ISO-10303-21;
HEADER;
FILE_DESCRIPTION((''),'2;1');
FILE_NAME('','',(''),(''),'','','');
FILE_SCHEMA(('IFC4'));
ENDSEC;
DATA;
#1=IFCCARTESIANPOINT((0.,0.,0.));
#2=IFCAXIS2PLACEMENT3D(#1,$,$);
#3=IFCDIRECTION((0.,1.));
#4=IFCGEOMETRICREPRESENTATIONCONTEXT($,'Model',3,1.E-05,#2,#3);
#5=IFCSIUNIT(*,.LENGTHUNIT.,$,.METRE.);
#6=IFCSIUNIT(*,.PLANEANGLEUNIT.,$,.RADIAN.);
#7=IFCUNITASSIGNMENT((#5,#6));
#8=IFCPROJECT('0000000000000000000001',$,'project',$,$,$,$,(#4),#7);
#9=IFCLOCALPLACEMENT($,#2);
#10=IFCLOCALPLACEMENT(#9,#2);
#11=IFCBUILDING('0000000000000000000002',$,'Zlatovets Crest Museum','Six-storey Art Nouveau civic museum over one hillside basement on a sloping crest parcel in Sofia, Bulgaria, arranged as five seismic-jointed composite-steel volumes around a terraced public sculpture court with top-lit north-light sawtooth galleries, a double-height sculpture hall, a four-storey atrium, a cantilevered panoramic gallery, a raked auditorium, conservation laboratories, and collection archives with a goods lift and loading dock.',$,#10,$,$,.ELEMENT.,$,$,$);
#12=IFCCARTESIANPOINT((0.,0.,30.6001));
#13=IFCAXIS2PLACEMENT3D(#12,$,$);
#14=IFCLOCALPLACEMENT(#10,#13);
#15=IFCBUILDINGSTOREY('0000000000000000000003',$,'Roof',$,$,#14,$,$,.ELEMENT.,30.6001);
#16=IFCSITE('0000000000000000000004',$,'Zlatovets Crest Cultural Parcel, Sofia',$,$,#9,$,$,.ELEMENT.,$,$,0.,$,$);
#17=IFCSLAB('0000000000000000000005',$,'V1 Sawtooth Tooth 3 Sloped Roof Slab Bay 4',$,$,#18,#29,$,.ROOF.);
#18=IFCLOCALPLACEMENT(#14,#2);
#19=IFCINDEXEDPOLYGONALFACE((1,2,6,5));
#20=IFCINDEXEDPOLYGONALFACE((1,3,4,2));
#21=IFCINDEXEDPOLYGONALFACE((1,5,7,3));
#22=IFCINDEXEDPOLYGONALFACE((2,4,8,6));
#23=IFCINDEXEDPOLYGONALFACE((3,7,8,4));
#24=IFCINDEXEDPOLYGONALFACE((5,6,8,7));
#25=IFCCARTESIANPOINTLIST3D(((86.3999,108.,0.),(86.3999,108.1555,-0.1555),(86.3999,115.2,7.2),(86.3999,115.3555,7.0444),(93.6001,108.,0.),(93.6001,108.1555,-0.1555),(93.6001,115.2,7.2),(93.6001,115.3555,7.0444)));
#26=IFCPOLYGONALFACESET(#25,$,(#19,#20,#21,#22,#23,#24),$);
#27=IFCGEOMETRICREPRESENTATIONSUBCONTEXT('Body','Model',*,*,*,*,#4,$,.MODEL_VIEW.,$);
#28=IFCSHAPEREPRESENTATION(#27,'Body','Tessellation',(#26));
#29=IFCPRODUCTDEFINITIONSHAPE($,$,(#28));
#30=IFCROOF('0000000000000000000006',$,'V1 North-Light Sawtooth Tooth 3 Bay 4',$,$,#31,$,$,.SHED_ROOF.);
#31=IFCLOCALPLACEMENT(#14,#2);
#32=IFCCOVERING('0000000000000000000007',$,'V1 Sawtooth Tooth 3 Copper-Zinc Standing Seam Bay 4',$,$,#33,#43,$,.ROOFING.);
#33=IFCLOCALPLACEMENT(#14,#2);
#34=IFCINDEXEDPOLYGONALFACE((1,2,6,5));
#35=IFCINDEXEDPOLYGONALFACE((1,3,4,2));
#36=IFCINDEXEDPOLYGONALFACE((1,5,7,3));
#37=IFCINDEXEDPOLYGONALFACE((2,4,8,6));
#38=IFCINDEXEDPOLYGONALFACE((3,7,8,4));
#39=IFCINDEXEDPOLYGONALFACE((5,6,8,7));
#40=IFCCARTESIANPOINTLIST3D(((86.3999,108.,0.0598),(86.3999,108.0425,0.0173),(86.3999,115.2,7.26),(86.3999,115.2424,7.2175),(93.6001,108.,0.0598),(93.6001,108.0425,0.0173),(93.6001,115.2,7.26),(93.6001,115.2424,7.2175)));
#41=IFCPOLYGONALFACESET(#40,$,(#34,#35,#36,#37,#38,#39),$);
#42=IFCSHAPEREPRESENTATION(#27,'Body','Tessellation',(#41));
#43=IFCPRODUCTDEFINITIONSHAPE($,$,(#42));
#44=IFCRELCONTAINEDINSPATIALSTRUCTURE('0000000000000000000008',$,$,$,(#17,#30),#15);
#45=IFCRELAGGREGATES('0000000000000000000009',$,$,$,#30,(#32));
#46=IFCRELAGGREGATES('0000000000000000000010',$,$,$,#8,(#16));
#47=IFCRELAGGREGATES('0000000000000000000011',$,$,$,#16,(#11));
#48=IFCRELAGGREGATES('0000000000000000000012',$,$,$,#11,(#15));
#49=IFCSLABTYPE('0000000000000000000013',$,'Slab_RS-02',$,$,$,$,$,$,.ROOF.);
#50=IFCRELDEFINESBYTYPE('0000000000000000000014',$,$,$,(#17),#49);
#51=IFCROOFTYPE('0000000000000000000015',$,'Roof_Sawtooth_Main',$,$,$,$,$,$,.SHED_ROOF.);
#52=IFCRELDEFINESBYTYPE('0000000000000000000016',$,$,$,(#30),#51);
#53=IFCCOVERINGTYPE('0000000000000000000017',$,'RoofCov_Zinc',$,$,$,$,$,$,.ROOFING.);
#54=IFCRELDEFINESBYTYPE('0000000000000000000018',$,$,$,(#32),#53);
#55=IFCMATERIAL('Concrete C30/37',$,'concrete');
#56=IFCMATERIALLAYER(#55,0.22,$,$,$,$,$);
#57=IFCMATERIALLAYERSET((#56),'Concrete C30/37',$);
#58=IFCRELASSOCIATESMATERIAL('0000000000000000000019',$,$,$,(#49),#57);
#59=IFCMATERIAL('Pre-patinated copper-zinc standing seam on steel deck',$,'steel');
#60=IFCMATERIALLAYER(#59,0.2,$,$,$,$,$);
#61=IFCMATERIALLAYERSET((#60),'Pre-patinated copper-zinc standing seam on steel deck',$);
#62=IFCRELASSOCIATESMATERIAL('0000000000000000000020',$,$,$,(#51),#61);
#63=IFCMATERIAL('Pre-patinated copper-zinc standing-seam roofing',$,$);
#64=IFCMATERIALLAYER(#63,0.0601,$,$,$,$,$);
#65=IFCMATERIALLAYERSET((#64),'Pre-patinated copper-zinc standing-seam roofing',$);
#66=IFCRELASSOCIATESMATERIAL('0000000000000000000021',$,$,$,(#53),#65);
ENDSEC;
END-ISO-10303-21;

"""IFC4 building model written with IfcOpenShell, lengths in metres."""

from ifc_helpers import new_model, si_unit, direction, frame, origin, place, context, subcontext, project, spatial, polyline, outline, extrude, material, layer, layer_set, type_object, element, aggregate, save


model = new_model("IFC4")

# Units and contexts
model_context = context("Model", 3, precision=1e-05, world=origin(), true_north=direction((0.0, 1.0)))
body_context = subcontext(model_context, "Body", "Model", "MODEL_VIEW")
ifc_project = project(units=[si_unit("LENGTHUNIT", "METRE"), si_unit("PLANEANGLEUNIT", "RADIAN")], contexts=[model_context])

# Site, building, storey
site_placement = place(None, origin())
site = spatial("IfcSite", under=ifc_project, at=site_placement, Name="Zlatovets Crest Cultural Parcel, Sofia", CompositionType="ELEMENT", RefElevation=0.0)
building_placement = place(site_placement, origin())
building = spatial("IfcBuilding", under=site, at=building_placement, Name="Zlatovets Crest Museum", Description="Six-storey Art Nouveau civic museum over one hillside basement on a sloping crest parcel in Sofia, Bulgaria, arranged as five seismic-jointed composite-steel volumes around a terraced public sculpture court with top-lit north-light sawtooth galleries, a double-height sculpture hall, a four-storey atrium, a cantilevered panoramic gallery, a raked auditorium, conservation laboratories, and collection archives with a goods lift and loading dock.", CompositionType="ELEMENT")
storey_placement = place(building_placement, frame((0.0, 0.0, 30.6001)))
storey = spatial("IfcBuildingStorey", under=building, at=storey_placement, Name="Roof", CompositionType="ELEMENT", Elevation=30.6001)

# Slab
ifc_material_1 = material(Name="Concrete C30/37", Category="concrete")
ifc_layer_1 = layer(ifc_material_1, 0.22)
ifc_layer_set_1 = layer_set([ifc_layer_1], Name="Concrete C30/37")
slab_type = type_object("IfcSlabType", Name="Slab_RS-02", PredefinedType="ROOF", material=ifc_layer_set_1)
slab_placement = place(storey_placement, frame((86.3999, 108.0, 0.0), z_axis=(0.0, -0.707107, 0.707107), x_axis=(1.0, 0.0, 0.0)))
element("IfcSlab", 1, at=slab_placement, inside=storey, type_object=slab_type, Name="V1 Sawtooth Tooth 3 Sloped Roof Slab Bay 4", PredefinedType="ROOF", context=body_context, shape_type="SweptSolid", body=[
    extrude(outline(polyline([(0.0, 0.0), (7.2002, 0.0), (7.2002, 10.1823), (0.0, 10.1823), (0.0, 0.0)])), origin(), (0.0, 0.0, -1.0), 0.22),
])

# Roof, covering
ifc_material_2 = material(Name="Pre-patinated copper-zinc standing seam on steel deck", Category="steel")
ifc_layer_2 = layer(ifc_material_2, 0.2)
ifc_layer_set_2 = layer_set([ifc_layer_2], Name="Pre-patinated copper-zinc standing seam on steel deck")
roof_type = type_object("IfcRoofType", Name="Roof_Sawtooth_Main", PredefinedType="SHED_ROOF", material=ifc_layer_set_2)
roof_placement = place(storey_placement, origin())
roof = element("IfcRoof", 2, at=roof_placement, inside=storey, type_object=roof_type, Name="V1 North-Light Sawtooth Tooth 3 Bay 4", PredefinedType="SHED_ROOF")
ifc_material_3 = material(Name="Pre-patinated copper-zinc standing-seam roofing")
ifc_layer_3 = layer(ifc_material_3, 0.0601)
ifc_layer_set_3 = layer_set([ifc_layer_3], Name="Pre-patinated copper-zinc standing-seam roofing")
covering_type = type_object("IfcCoveringType", Name="RoofCov_Zinc", PredefinedType="ROOFING", material=ifc_layer_set_3)
covering_placement = place(storey_placement, frame((86.3999, 108.0, 0.0598), z_axis=(0.0, -0.707119, 0.707095), x_axis=(1.0, 0.0, 0.0)))
covering = element("IfcCovering", 3, at=covering_placement, type_object=covering_type, Name="V1 Sawtooth Tooth 3 Copper-Zinc Standing Seam Bay 4", PredefinedType="ROOFING", context=body_context, shape_type="SweptSolid", body=[
    extrude(outline(polyline([(0.0, 0.0), (7.2002, 0.0), (7.2002, 10.1824), (0.0, 10.1824), (0.0, 0.0)])), origin(), (0.0, 0.0, -1.0), 0.0601),
])
aggregate(roof, [covering])

save(model, "model.ifc")
